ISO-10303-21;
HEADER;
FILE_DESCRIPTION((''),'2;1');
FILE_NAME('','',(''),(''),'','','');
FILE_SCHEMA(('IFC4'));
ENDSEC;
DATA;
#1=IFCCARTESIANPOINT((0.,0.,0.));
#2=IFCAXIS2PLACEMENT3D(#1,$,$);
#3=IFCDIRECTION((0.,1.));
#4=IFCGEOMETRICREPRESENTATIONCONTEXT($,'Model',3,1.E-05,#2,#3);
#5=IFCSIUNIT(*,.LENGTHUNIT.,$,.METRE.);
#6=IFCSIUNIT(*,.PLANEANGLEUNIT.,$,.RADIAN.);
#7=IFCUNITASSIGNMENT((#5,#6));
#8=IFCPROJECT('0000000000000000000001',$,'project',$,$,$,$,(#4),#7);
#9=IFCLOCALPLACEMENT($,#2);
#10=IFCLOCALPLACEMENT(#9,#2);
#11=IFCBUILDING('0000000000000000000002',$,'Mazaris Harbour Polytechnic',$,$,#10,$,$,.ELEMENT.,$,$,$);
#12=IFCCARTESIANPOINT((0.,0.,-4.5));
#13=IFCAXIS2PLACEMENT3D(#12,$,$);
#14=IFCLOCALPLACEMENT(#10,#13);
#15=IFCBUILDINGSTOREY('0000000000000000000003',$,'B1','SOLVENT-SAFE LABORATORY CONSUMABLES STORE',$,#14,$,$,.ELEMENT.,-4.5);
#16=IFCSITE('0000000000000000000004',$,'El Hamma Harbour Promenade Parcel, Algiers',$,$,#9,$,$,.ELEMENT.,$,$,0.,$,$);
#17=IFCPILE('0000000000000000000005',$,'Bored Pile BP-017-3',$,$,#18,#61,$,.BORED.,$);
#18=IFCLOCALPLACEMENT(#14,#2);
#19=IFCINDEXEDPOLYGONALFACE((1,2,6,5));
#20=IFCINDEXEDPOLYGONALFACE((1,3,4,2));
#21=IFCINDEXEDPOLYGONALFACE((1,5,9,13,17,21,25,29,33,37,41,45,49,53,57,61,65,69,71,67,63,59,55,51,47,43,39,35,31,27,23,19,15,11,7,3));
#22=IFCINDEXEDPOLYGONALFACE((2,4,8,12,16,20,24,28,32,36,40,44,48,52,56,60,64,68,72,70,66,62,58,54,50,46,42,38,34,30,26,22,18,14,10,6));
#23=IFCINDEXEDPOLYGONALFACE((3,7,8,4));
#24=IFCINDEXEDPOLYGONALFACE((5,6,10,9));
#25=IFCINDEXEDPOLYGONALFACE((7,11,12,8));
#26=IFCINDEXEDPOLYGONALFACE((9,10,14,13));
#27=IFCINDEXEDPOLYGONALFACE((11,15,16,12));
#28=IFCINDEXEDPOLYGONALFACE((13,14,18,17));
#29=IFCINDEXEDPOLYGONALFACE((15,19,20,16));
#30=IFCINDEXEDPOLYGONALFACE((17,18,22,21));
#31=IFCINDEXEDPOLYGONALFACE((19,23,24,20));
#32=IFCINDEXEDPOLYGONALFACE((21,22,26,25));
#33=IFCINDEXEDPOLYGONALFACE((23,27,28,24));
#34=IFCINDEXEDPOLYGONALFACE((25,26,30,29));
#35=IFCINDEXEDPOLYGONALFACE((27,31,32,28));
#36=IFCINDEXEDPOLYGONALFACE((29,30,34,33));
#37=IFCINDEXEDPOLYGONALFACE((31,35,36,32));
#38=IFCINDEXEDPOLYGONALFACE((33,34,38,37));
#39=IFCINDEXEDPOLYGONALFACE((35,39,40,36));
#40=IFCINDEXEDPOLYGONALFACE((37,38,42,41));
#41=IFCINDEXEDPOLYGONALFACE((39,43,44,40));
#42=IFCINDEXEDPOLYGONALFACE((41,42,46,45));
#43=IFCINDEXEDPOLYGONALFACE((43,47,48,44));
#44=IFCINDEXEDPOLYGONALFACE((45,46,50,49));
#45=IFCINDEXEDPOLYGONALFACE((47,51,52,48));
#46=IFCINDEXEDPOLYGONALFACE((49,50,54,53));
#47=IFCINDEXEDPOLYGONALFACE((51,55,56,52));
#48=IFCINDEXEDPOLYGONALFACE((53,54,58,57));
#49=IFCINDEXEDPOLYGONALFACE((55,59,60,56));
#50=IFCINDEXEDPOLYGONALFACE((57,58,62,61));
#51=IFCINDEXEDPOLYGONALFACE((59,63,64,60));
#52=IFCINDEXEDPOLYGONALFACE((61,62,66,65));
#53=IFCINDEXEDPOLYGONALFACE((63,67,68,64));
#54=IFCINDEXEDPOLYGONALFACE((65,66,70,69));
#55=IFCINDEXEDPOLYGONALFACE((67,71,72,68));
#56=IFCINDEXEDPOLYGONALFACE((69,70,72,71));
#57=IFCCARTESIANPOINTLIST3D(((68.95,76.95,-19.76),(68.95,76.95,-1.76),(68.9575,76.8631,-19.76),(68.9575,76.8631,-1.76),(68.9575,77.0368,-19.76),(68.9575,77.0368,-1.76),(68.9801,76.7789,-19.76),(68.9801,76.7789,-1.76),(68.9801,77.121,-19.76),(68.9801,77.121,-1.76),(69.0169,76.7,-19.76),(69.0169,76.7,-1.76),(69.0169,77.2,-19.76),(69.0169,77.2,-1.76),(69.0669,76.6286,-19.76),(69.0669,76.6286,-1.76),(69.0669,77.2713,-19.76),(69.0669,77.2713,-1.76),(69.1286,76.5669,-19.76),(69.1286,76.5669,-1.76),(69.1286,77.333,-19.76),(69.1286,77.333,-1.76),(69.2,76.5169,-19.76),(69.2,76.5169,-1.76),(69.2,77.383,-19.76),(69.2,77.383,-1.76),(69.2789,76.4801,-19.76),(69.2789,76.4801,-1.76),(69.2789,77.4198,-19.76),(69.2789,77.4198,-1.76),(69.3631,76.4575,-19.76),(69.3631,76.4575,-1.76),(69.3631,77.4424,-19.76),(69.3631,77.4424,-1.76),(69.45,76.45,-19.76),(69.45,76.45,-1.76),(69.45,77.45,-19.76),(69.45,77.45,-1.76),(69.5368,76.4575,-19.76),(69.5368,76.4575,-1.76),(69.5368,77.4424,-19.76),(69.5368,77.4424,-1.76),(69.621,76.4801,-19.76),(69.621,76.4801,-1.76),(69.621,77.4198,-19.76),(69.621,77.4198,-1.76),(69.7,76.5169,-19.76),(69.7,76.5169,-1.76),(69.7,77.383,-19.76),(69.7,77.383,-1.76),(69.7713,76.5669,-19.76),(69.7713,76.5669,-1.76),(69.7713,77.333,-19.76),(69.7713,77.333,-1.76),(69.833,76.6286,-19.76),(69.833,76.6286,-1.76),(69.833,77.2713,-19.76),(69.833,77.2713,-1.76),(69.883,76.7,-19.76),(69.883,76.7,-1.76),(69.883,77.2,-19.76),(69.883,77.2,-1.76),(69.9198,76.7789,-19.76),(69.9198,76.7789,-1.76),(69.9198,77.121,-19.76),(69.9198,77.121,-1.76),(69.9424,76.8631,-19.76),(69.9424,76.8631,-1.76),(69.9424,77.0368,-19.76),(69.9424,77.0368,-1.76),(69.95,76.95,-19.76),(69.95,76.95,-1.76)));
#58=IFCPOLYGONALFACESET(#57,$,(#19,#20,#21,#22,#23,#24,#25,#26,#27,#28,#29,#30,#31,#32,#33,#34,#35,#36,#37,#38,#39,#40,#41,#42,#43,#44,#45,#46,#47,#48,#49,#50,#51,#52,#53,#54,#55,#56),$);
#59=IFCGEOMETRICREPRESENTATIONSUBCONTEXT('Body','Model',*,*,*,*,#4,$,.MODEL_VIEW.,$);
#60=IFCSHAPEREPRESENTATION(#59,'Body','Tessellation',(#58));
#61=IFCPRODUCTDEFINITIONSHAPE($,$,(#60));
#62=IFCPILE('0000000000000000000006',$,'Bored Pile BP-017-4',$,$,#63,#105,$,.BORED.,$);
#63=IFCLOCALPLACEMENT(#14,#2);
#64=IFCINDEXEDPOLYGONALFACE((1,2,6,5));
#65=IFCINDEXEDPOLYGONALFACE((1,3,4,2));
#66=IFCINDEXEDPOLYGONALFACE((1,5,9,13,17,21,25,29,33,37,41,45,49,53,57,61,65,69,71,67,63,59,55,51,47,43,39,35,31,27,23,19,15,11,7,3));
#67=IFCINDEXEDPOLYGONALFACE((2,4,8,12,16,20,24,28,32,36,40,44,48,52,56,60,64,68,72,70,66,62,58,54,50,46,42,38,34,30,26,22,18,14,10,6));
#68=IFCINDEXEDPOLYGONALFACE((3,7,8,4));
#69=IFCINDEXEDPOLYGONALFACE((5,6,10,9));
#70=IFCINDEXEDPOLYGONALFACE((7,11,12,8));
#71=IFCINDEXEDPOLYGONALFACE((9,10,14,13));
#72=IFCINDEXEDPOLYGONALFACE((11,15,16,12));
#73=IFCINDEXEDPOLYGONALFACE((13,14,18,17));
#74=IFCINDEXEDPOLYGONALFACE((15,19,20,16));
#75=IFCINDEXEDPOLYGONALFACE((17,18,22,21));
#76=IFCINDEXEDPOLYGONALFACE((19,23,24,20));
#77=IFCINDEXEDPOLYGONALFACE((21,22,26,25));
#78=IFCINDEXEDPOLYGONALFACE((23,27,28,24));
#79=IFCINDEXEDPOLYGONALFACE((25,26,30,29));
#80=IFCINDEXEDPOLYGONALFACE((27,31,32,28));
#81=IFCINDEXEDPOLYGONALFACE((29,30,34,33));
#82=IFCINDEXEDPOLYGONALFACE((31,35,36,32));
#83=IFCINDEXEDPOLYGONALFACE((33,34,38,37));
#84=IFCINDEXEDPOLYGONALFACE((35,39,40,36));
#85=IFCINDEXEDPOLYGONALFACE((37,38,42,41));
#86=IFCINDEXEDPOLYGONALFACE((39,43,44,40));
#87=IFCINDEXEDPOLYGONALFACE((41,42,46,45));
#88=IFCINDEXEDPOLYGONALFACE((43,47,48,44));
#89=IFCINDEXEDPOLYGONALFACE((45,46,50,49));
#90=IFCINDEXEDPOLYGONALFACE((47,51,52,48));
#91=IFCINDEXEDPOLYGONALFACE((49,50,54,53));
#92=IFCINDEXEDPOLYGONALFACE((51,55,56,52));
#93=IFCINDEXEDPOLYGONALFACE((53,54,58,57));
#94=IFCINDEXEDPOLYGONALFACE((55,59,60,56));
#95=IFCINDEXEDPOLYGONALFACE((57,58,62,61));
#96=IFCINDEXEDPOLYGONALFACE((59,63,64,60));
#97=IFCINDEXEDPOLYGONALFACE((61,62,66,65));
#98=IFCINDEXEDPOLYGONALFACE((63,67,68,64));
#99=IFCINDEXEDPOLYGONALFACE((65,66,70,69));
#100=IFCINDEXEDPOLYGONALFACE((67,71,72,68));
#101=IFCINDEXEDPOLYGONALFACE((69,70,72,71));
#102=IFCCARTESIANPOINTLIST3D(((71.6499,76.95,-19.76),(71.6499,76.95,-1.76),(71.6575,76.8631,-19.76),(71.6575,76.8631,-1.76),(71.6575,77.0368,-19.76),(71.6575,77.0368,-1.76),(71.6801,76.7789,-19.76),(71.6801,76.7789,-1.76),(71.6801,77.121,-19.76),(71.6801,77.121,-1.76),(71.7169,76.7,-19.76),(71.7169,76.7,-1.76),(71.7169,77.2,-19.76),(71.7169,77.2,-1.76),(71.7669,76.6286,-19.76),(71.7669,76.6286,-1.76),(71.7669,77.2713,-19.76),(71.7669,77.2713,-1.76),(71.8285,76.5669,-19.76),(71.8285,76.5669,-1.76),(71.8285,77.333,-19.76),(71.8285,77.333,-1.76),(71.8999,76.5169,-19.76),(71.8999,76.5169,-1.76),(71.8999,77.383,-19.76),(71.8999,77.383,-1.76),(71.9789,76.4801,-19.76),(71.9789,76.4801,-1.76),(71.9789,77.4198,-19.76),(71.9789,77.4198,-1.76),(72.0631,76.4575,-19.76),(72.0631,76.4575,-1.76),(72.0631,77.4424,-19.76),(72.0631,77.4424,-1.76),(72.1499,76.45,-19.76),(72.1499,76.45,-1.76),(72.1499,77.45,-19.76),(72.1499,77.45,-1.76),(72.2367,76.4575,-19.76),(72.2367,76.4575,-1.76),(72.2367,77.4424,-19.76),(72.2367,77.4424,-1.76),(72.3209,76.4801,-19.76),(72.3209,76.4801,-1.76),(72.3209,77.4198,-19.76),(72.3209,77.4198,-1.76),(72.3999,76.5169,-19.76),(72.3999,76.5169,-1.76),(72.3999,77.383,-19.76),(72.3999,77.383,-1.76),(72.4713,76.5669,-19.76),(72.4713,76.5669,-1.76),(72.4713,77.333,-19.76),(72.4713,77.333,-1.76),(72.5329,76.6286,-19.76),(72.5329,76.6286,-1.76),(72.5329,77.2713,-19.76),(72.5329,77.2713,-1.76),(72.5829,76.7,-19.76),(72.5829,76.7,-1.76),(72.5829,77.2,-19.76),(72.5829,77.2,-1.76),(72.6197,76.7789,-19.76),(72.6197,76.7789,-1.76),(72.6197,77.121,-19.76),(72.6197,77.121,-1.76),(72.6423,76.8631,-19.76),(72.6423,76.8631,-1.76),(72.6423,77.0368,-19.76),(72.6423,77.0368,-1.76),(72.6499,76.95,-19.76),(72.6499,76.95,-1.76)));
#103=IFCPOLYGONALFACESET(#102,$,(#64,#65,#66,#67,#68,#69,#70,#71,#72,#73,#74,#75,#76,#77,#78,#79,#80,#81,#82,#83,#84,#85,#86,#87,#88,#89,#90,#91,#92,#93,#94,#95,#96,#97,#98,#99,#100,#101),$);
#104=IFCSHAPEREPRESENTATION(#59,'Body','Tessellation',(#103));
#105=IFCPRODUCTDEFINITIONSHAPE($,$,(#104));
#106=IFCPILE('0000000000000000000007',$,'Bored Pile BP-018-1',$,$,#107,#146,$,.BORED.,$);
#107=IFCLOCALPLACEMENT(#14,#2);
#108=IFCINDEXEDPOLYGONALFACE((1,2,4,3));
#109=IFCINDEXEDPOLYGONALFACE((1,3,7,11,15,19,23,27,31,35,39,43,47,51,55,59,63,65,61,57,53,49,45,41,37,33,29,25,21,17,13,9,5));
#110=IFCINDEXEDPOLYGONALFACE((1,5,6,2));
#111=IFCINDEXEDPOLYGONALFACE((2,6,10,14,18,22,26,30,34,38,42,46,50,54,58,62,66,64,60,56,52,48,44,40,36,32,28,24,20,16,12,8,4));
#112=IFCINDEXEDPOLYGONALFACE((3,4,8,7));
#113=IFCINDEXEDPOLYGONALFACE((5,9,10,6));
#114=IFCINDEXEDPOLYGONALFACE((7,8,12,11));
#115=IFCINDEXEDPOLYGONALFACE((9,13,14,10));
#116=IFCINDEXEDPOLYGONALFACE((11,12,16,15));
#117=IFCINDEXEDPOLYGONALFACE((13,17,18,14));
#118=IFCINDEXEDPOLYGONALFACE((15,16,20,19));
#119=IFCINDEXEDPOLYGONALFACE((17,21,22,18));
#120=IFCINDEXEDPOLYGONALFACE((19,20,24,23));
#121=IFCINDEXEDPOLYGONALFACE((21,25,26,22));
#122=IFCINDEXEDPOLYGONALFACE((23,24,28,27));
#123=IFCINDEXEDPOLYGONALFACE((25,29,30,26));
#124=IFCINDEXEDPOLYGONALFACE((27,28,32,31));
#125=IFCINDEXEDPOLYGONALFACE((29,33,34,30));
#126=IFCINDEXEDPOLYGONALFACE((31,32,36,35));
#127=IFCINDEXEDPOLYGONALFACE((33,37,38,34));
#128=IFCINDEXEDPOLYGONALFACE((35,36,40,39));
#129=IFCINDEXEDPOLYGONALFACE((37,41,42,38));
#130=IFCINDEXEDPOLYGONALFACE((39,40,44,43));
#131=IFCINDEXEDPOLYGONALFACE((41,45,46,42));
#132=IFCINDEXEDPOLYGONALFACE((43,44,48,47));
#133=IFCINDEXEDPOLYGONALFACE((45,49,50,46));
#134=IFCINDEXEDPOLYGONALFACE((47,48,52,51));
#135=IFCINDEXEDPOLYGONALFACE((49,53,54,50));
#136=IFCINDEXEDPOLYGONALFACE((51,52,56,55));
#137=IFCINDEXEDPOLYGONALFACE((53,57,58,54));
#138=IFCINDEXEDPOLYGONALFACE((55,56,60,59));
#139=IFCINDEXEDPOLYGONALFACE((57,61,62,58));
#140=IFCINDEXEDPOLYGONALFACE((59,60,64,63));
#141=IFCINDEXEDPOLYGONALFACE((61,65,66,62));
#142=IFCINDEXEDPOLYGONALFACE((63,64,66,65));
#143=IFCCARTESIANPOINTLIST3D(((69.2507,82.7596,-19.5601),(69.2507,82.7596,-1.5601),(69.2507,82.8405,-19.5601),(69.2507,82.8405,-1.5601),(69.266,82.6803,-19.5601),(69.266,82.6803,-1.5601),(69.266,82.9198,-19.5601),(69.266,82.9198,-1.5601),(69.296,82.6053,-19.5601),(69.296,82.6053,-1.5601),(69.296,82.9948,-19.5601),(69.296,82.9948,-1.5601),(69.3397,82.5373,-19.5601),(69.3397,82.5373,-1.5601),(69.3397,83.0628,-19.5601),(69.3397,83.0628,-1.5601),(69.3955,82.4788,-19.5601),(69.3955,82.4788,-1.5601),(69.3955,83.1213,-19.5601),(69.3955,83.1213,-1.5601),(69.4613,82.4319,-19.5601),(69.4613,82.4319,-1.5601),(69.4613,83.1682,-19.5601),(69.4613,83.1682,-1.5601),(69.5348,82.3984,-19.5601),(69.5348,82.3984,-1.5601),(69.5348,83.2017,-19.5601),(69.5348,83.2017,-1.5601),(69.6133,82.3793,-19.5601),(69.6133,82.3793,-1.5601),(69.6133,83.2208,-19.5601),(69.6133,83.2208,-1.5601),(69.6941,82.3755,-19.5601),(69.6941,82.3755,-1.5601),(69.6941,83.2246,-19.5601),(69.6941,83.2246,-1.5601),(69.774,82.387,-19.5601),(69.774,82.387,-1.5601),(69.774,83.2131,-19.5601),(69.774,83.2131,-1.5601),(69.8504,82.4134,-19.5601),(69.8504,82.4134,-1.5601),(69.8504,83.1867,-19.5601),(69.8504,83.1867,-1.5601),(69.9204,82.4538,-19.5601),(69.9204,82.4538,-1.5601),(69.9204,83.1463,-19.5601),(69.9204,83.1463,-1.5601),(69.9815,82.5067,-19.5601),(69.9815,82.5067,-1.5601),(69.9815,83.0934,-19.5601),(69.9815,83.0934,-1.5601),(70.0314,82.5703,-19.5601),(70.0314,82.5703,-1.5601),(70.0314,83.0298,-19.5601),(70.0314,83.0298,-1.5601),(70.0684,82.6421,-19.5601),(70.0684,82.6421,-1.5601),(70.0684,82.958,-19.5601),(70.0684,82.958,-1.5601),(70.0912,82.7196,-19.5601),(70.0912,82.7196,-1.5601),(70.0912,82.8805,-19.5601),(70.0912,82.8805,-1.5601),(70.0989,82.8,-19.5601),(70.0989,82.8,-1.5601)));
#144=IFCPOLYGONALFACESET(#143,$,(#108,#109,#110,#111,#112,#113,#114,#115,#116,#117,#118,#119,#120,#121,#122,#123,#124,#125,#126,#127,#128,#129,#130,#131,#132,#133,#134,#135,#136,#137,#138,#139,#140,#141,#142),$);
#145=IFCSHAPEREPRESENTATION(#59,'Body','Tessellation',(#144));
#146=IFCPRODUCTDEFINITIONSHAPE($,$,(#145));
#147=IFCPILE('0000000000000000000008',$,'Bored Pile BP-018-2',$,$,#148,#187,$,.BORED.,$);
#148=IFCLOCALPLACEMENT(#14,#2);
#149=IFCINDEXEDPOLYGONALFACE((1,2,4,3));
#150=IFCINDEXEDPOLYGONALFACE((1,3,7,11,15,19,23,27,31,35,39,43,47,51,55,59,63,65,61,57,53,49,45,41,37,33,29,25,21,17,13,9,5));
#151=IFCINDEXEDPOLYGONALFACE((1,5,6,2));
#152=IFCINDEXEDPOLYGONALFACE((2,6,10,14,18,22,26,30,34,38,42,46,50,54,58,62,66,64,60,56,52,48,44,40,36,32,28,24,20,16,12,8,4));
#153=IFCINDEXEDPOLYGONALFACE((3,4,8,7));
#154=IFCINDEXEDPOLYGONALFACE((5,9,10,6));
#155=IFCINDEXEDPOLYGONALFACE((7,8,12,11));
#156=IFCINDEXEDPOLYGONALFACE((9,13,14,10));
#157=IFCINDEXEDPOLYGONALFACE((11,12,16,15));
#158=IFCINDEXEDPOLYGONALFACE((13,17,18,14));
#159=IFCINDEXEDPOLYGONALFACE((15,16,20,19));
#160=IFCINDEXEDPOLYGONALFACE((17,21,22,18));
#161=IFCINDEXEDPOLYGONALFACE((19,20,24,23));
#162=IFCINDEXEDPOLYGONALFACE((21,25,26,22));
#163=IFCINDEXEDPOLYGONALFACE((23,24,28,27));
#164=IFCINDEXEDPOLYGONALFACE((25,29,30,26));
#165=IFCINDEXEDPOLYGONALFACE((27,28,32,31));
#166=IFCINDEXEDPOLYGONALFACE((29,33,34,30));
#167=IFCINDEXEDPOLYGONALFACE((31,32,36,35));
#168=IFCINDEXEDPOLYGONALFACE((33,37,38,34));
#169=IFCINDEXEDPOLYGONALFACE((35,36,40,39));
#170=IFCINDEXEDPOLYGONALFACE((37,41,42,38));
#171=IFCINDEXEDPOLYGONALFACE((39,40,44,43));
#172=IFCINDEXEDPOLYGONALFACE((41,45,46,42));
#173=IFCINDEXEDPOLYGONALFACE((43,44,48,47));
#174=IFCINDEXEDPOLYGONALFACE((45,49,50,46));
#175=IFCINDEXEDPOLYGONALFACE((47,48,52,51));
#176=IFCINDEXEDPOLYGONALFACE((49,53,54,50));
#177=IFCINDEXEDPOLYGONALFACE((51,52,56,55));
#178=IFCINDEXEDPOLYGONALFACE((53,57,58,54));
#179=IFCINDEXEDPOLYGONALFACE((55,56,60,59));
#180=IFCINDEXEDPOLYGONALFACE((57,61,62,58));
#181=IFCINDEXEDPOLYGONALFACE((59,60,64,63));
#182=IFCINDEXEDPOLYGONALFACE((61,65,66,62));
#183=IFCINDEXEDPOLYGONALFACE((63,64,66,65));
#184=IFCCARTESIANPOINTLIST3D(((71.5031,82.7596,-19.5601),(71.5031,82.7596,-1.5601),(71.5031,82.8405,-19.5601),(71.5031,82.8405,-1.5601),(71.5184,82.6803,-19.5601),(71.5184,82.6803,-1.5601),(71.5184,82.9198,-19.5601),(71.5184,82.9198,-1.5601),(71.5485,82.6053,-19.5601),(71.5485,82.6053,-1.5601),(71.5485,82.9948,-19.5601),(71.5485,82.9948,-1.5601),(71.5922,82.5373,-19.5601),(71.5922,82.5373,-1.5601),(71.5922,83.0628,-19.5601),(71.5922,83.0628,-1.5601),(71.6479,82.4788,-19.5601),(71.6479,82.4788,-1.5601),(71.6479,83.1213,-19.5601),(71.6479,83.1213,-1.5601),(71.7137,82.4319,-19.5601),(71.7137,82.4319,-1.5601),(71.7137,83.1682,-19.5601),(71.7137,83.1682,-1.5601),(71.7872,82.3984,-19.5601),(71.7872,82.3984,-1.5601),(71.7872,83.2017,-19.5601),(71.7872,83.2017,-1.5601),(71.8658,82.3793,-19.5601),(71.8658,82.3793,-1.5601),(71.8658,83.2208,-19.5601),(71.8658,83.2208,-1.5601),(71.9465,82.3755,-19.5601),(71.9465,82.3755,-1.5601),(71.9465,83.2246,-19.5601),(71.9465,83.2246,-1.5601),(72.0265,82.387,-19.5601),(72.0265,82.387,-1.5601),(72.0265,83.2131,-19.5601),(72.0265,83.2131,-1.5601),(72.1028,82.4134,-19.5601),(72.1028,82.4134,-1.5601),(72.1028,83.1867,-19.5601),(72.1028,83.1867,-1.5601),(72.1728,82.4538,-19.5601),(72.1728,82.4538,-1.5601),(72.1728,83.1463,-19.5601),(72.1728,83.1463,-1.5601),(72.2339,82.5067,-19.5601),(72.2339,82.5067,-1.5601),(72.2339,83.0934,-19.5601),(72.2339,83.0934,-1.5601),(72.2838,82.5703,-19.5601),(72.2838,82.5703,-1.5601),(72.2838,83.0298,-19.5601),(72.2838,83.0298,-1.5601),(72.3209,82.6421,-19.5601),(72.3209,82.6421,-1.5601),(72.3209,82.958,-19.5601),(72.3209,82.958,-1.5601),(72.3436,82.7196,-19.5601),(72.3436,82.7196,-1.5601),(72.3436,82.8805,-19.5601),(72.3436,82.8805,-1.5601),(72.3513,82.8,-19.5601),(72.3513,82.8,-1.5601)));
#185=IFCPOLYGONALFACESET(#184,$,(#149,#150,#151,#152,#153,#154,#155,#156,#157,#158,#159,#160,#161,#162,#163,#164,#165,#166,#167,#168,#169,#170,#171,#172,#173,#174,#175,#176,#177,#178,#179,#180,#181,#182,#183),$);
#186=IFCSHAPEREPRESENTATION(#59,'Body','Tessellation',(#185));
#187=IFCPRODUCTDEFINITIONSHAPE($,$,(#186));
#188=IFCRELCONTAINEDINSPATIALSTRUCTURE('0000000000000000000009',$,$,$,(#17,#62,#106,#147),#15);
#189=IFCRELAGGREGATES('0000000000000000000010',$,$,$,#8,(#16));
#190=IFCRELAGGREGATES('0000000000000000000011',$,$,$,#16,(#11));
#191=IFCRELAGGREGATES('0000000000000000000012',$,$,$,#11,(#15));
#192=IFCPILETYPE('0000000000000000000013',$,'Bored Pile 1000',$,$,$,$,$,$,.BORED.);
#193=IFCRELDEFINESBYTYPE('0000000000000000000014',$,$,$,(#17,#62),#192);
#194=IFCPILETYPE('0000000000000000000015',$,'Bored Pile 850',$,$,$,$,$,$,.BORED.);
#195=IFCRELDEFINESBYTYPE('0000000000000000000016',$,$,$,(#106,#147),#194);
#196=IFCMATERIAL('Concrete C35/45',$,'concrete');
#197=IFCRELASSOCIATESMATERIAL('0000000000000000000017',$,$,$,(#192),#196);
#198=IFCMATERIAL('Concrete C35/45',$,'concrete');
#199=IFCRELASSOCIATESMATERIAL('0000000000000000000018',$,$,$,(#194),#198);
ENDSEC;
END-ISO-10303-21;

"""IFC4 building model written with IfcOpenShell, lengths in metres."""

from ifc_helpers import new_model, si_unit, direction, frame, origin, origin_2d, place, context, subcontext, project, spatial, circle, extrude, material, material_profile, profile_set, type_object, element, save


model = new_model("IFC4")

# Units and contexts
model_context = context("Model", 3, precision=1e-05, world=origin(), true_north=direction((0.0, 1.0)))
body_context = subcontext(model_context, "Body", "Model", "MODEL_VIEW")
ifc_project = project(units=[si_unit("LENGTHUNIT", "METRE"), si_unit("PLANEANGLEUNIT", "RADIAN")], contexts=[model_context])

# Site, building, storey
site_placement = place(None, origin())
site = spatial("IfcSite", under=ifc_project, at=site_placement, Name="El Hamma Harbour Promenade Parcel, Algiers", CompositionType="ELEMENT", RefElevation=0.0)
building_placement = place(site_placement, origin())
building = spatial("IfcBuilding", under=site, at=building_placement, Name="Mazaris Harbour Polytechnic", CompositionType="ELEMENT")
storey_placement = place(building_placement, frame((0.0, 0.0, -4.5)))
storey = spatial("IfcBuildingStorey", under=building, at=storey_placement, Name="B1", Description="SOLVENT-SAFE LABORATORY CONSUMABLES STORE", CompositionType="ELEMENT", Elevation=-4.5)

# Piles
ifc_material_1 = material(Name="Concrete C35/45", Category="concrete")
ifc_material_profile_1 = material_profile(ifc_material_1, circle(Radius=0.5, at=origin_2d()), Name="DIA1000")
ifc_profile_set_1 = profile_set([ifc_material_profile_1], Name="Concrete C35/45")
pile_type_1 = type_object("IfcPileType", Name="Bored Pile 1000", PredefinedType="BORED", material=ifc_profile_set_1)
for number, where, z_axis, x_axis, name in (
    (1, (69.45, 76.95, -1.76), (0.0, 0.0, -1.0), (1.0, 0.0, 0.0), "Bored Pile BP-017-3"),
    (2, (72.1499, 76.95, -1.76), (0.0, 0.0, -1.0), (1.0, 0.0, 0.0), "Bored Pile BP-017-4"),
):
    element("IfcPile", number, at=place(storey_placement, frame(where, z_axis=z_axis, x_axis=x_axis)), inside=storey, type_object=pile_type_1, Name=name, PredefinedType="BORED", context=body_context, shape_type="SweptSolid", body=[
        extrude(circle(Radius=0.5, at=origin_2d()), origin(), (0.0, 0.0, 1.0), 18.0),
    ])
ifc_material_2 = material(Name="Concrete C35/45", Category="concrete")
ifc_material_profile_2 = material_profile(ifc_material_2, circle(Radius=0.425, at=origin_2d()), Name="DIA850")
ifc_profile_set_2 = profile_set([ifc_material_profile_2], Name="Concrete C35/45")
pile_type_2 = type_object("IfcPileType", Name="Bored Pile 850", PredefinedType="BORED", material=ifc_profile_set_2)
for number, where, z_axis, x_axis, name in (
    (3, (69.6738, 82.8, -1.5601), (0.0, 0.0, -1.0), (1.0, 0.0, 0.0), "Bored Pile BP-018-1"),
    (4, (71.9263, 82.8, -1.5601), (0.0, 0.0, -1.0), (1.0, 0.0, 0.0), "Bored Pile BP-018-2"),
):
    element("IfcPile", number, at=place(storey_placement, frame(where, z_axis=z_axis, x_axis=x_axis)), inside=storey, type_object=pile_type_2, Name=name, PredefinedType="BORED", context=body_context, shape_type="SweptSolid", body=[
        extrude(circle(Radius=0.425, at=origin_2d()), origin(), (0.0, 0.0, 1.0), 18.0),
    ])

save(model, "model.ifc")
